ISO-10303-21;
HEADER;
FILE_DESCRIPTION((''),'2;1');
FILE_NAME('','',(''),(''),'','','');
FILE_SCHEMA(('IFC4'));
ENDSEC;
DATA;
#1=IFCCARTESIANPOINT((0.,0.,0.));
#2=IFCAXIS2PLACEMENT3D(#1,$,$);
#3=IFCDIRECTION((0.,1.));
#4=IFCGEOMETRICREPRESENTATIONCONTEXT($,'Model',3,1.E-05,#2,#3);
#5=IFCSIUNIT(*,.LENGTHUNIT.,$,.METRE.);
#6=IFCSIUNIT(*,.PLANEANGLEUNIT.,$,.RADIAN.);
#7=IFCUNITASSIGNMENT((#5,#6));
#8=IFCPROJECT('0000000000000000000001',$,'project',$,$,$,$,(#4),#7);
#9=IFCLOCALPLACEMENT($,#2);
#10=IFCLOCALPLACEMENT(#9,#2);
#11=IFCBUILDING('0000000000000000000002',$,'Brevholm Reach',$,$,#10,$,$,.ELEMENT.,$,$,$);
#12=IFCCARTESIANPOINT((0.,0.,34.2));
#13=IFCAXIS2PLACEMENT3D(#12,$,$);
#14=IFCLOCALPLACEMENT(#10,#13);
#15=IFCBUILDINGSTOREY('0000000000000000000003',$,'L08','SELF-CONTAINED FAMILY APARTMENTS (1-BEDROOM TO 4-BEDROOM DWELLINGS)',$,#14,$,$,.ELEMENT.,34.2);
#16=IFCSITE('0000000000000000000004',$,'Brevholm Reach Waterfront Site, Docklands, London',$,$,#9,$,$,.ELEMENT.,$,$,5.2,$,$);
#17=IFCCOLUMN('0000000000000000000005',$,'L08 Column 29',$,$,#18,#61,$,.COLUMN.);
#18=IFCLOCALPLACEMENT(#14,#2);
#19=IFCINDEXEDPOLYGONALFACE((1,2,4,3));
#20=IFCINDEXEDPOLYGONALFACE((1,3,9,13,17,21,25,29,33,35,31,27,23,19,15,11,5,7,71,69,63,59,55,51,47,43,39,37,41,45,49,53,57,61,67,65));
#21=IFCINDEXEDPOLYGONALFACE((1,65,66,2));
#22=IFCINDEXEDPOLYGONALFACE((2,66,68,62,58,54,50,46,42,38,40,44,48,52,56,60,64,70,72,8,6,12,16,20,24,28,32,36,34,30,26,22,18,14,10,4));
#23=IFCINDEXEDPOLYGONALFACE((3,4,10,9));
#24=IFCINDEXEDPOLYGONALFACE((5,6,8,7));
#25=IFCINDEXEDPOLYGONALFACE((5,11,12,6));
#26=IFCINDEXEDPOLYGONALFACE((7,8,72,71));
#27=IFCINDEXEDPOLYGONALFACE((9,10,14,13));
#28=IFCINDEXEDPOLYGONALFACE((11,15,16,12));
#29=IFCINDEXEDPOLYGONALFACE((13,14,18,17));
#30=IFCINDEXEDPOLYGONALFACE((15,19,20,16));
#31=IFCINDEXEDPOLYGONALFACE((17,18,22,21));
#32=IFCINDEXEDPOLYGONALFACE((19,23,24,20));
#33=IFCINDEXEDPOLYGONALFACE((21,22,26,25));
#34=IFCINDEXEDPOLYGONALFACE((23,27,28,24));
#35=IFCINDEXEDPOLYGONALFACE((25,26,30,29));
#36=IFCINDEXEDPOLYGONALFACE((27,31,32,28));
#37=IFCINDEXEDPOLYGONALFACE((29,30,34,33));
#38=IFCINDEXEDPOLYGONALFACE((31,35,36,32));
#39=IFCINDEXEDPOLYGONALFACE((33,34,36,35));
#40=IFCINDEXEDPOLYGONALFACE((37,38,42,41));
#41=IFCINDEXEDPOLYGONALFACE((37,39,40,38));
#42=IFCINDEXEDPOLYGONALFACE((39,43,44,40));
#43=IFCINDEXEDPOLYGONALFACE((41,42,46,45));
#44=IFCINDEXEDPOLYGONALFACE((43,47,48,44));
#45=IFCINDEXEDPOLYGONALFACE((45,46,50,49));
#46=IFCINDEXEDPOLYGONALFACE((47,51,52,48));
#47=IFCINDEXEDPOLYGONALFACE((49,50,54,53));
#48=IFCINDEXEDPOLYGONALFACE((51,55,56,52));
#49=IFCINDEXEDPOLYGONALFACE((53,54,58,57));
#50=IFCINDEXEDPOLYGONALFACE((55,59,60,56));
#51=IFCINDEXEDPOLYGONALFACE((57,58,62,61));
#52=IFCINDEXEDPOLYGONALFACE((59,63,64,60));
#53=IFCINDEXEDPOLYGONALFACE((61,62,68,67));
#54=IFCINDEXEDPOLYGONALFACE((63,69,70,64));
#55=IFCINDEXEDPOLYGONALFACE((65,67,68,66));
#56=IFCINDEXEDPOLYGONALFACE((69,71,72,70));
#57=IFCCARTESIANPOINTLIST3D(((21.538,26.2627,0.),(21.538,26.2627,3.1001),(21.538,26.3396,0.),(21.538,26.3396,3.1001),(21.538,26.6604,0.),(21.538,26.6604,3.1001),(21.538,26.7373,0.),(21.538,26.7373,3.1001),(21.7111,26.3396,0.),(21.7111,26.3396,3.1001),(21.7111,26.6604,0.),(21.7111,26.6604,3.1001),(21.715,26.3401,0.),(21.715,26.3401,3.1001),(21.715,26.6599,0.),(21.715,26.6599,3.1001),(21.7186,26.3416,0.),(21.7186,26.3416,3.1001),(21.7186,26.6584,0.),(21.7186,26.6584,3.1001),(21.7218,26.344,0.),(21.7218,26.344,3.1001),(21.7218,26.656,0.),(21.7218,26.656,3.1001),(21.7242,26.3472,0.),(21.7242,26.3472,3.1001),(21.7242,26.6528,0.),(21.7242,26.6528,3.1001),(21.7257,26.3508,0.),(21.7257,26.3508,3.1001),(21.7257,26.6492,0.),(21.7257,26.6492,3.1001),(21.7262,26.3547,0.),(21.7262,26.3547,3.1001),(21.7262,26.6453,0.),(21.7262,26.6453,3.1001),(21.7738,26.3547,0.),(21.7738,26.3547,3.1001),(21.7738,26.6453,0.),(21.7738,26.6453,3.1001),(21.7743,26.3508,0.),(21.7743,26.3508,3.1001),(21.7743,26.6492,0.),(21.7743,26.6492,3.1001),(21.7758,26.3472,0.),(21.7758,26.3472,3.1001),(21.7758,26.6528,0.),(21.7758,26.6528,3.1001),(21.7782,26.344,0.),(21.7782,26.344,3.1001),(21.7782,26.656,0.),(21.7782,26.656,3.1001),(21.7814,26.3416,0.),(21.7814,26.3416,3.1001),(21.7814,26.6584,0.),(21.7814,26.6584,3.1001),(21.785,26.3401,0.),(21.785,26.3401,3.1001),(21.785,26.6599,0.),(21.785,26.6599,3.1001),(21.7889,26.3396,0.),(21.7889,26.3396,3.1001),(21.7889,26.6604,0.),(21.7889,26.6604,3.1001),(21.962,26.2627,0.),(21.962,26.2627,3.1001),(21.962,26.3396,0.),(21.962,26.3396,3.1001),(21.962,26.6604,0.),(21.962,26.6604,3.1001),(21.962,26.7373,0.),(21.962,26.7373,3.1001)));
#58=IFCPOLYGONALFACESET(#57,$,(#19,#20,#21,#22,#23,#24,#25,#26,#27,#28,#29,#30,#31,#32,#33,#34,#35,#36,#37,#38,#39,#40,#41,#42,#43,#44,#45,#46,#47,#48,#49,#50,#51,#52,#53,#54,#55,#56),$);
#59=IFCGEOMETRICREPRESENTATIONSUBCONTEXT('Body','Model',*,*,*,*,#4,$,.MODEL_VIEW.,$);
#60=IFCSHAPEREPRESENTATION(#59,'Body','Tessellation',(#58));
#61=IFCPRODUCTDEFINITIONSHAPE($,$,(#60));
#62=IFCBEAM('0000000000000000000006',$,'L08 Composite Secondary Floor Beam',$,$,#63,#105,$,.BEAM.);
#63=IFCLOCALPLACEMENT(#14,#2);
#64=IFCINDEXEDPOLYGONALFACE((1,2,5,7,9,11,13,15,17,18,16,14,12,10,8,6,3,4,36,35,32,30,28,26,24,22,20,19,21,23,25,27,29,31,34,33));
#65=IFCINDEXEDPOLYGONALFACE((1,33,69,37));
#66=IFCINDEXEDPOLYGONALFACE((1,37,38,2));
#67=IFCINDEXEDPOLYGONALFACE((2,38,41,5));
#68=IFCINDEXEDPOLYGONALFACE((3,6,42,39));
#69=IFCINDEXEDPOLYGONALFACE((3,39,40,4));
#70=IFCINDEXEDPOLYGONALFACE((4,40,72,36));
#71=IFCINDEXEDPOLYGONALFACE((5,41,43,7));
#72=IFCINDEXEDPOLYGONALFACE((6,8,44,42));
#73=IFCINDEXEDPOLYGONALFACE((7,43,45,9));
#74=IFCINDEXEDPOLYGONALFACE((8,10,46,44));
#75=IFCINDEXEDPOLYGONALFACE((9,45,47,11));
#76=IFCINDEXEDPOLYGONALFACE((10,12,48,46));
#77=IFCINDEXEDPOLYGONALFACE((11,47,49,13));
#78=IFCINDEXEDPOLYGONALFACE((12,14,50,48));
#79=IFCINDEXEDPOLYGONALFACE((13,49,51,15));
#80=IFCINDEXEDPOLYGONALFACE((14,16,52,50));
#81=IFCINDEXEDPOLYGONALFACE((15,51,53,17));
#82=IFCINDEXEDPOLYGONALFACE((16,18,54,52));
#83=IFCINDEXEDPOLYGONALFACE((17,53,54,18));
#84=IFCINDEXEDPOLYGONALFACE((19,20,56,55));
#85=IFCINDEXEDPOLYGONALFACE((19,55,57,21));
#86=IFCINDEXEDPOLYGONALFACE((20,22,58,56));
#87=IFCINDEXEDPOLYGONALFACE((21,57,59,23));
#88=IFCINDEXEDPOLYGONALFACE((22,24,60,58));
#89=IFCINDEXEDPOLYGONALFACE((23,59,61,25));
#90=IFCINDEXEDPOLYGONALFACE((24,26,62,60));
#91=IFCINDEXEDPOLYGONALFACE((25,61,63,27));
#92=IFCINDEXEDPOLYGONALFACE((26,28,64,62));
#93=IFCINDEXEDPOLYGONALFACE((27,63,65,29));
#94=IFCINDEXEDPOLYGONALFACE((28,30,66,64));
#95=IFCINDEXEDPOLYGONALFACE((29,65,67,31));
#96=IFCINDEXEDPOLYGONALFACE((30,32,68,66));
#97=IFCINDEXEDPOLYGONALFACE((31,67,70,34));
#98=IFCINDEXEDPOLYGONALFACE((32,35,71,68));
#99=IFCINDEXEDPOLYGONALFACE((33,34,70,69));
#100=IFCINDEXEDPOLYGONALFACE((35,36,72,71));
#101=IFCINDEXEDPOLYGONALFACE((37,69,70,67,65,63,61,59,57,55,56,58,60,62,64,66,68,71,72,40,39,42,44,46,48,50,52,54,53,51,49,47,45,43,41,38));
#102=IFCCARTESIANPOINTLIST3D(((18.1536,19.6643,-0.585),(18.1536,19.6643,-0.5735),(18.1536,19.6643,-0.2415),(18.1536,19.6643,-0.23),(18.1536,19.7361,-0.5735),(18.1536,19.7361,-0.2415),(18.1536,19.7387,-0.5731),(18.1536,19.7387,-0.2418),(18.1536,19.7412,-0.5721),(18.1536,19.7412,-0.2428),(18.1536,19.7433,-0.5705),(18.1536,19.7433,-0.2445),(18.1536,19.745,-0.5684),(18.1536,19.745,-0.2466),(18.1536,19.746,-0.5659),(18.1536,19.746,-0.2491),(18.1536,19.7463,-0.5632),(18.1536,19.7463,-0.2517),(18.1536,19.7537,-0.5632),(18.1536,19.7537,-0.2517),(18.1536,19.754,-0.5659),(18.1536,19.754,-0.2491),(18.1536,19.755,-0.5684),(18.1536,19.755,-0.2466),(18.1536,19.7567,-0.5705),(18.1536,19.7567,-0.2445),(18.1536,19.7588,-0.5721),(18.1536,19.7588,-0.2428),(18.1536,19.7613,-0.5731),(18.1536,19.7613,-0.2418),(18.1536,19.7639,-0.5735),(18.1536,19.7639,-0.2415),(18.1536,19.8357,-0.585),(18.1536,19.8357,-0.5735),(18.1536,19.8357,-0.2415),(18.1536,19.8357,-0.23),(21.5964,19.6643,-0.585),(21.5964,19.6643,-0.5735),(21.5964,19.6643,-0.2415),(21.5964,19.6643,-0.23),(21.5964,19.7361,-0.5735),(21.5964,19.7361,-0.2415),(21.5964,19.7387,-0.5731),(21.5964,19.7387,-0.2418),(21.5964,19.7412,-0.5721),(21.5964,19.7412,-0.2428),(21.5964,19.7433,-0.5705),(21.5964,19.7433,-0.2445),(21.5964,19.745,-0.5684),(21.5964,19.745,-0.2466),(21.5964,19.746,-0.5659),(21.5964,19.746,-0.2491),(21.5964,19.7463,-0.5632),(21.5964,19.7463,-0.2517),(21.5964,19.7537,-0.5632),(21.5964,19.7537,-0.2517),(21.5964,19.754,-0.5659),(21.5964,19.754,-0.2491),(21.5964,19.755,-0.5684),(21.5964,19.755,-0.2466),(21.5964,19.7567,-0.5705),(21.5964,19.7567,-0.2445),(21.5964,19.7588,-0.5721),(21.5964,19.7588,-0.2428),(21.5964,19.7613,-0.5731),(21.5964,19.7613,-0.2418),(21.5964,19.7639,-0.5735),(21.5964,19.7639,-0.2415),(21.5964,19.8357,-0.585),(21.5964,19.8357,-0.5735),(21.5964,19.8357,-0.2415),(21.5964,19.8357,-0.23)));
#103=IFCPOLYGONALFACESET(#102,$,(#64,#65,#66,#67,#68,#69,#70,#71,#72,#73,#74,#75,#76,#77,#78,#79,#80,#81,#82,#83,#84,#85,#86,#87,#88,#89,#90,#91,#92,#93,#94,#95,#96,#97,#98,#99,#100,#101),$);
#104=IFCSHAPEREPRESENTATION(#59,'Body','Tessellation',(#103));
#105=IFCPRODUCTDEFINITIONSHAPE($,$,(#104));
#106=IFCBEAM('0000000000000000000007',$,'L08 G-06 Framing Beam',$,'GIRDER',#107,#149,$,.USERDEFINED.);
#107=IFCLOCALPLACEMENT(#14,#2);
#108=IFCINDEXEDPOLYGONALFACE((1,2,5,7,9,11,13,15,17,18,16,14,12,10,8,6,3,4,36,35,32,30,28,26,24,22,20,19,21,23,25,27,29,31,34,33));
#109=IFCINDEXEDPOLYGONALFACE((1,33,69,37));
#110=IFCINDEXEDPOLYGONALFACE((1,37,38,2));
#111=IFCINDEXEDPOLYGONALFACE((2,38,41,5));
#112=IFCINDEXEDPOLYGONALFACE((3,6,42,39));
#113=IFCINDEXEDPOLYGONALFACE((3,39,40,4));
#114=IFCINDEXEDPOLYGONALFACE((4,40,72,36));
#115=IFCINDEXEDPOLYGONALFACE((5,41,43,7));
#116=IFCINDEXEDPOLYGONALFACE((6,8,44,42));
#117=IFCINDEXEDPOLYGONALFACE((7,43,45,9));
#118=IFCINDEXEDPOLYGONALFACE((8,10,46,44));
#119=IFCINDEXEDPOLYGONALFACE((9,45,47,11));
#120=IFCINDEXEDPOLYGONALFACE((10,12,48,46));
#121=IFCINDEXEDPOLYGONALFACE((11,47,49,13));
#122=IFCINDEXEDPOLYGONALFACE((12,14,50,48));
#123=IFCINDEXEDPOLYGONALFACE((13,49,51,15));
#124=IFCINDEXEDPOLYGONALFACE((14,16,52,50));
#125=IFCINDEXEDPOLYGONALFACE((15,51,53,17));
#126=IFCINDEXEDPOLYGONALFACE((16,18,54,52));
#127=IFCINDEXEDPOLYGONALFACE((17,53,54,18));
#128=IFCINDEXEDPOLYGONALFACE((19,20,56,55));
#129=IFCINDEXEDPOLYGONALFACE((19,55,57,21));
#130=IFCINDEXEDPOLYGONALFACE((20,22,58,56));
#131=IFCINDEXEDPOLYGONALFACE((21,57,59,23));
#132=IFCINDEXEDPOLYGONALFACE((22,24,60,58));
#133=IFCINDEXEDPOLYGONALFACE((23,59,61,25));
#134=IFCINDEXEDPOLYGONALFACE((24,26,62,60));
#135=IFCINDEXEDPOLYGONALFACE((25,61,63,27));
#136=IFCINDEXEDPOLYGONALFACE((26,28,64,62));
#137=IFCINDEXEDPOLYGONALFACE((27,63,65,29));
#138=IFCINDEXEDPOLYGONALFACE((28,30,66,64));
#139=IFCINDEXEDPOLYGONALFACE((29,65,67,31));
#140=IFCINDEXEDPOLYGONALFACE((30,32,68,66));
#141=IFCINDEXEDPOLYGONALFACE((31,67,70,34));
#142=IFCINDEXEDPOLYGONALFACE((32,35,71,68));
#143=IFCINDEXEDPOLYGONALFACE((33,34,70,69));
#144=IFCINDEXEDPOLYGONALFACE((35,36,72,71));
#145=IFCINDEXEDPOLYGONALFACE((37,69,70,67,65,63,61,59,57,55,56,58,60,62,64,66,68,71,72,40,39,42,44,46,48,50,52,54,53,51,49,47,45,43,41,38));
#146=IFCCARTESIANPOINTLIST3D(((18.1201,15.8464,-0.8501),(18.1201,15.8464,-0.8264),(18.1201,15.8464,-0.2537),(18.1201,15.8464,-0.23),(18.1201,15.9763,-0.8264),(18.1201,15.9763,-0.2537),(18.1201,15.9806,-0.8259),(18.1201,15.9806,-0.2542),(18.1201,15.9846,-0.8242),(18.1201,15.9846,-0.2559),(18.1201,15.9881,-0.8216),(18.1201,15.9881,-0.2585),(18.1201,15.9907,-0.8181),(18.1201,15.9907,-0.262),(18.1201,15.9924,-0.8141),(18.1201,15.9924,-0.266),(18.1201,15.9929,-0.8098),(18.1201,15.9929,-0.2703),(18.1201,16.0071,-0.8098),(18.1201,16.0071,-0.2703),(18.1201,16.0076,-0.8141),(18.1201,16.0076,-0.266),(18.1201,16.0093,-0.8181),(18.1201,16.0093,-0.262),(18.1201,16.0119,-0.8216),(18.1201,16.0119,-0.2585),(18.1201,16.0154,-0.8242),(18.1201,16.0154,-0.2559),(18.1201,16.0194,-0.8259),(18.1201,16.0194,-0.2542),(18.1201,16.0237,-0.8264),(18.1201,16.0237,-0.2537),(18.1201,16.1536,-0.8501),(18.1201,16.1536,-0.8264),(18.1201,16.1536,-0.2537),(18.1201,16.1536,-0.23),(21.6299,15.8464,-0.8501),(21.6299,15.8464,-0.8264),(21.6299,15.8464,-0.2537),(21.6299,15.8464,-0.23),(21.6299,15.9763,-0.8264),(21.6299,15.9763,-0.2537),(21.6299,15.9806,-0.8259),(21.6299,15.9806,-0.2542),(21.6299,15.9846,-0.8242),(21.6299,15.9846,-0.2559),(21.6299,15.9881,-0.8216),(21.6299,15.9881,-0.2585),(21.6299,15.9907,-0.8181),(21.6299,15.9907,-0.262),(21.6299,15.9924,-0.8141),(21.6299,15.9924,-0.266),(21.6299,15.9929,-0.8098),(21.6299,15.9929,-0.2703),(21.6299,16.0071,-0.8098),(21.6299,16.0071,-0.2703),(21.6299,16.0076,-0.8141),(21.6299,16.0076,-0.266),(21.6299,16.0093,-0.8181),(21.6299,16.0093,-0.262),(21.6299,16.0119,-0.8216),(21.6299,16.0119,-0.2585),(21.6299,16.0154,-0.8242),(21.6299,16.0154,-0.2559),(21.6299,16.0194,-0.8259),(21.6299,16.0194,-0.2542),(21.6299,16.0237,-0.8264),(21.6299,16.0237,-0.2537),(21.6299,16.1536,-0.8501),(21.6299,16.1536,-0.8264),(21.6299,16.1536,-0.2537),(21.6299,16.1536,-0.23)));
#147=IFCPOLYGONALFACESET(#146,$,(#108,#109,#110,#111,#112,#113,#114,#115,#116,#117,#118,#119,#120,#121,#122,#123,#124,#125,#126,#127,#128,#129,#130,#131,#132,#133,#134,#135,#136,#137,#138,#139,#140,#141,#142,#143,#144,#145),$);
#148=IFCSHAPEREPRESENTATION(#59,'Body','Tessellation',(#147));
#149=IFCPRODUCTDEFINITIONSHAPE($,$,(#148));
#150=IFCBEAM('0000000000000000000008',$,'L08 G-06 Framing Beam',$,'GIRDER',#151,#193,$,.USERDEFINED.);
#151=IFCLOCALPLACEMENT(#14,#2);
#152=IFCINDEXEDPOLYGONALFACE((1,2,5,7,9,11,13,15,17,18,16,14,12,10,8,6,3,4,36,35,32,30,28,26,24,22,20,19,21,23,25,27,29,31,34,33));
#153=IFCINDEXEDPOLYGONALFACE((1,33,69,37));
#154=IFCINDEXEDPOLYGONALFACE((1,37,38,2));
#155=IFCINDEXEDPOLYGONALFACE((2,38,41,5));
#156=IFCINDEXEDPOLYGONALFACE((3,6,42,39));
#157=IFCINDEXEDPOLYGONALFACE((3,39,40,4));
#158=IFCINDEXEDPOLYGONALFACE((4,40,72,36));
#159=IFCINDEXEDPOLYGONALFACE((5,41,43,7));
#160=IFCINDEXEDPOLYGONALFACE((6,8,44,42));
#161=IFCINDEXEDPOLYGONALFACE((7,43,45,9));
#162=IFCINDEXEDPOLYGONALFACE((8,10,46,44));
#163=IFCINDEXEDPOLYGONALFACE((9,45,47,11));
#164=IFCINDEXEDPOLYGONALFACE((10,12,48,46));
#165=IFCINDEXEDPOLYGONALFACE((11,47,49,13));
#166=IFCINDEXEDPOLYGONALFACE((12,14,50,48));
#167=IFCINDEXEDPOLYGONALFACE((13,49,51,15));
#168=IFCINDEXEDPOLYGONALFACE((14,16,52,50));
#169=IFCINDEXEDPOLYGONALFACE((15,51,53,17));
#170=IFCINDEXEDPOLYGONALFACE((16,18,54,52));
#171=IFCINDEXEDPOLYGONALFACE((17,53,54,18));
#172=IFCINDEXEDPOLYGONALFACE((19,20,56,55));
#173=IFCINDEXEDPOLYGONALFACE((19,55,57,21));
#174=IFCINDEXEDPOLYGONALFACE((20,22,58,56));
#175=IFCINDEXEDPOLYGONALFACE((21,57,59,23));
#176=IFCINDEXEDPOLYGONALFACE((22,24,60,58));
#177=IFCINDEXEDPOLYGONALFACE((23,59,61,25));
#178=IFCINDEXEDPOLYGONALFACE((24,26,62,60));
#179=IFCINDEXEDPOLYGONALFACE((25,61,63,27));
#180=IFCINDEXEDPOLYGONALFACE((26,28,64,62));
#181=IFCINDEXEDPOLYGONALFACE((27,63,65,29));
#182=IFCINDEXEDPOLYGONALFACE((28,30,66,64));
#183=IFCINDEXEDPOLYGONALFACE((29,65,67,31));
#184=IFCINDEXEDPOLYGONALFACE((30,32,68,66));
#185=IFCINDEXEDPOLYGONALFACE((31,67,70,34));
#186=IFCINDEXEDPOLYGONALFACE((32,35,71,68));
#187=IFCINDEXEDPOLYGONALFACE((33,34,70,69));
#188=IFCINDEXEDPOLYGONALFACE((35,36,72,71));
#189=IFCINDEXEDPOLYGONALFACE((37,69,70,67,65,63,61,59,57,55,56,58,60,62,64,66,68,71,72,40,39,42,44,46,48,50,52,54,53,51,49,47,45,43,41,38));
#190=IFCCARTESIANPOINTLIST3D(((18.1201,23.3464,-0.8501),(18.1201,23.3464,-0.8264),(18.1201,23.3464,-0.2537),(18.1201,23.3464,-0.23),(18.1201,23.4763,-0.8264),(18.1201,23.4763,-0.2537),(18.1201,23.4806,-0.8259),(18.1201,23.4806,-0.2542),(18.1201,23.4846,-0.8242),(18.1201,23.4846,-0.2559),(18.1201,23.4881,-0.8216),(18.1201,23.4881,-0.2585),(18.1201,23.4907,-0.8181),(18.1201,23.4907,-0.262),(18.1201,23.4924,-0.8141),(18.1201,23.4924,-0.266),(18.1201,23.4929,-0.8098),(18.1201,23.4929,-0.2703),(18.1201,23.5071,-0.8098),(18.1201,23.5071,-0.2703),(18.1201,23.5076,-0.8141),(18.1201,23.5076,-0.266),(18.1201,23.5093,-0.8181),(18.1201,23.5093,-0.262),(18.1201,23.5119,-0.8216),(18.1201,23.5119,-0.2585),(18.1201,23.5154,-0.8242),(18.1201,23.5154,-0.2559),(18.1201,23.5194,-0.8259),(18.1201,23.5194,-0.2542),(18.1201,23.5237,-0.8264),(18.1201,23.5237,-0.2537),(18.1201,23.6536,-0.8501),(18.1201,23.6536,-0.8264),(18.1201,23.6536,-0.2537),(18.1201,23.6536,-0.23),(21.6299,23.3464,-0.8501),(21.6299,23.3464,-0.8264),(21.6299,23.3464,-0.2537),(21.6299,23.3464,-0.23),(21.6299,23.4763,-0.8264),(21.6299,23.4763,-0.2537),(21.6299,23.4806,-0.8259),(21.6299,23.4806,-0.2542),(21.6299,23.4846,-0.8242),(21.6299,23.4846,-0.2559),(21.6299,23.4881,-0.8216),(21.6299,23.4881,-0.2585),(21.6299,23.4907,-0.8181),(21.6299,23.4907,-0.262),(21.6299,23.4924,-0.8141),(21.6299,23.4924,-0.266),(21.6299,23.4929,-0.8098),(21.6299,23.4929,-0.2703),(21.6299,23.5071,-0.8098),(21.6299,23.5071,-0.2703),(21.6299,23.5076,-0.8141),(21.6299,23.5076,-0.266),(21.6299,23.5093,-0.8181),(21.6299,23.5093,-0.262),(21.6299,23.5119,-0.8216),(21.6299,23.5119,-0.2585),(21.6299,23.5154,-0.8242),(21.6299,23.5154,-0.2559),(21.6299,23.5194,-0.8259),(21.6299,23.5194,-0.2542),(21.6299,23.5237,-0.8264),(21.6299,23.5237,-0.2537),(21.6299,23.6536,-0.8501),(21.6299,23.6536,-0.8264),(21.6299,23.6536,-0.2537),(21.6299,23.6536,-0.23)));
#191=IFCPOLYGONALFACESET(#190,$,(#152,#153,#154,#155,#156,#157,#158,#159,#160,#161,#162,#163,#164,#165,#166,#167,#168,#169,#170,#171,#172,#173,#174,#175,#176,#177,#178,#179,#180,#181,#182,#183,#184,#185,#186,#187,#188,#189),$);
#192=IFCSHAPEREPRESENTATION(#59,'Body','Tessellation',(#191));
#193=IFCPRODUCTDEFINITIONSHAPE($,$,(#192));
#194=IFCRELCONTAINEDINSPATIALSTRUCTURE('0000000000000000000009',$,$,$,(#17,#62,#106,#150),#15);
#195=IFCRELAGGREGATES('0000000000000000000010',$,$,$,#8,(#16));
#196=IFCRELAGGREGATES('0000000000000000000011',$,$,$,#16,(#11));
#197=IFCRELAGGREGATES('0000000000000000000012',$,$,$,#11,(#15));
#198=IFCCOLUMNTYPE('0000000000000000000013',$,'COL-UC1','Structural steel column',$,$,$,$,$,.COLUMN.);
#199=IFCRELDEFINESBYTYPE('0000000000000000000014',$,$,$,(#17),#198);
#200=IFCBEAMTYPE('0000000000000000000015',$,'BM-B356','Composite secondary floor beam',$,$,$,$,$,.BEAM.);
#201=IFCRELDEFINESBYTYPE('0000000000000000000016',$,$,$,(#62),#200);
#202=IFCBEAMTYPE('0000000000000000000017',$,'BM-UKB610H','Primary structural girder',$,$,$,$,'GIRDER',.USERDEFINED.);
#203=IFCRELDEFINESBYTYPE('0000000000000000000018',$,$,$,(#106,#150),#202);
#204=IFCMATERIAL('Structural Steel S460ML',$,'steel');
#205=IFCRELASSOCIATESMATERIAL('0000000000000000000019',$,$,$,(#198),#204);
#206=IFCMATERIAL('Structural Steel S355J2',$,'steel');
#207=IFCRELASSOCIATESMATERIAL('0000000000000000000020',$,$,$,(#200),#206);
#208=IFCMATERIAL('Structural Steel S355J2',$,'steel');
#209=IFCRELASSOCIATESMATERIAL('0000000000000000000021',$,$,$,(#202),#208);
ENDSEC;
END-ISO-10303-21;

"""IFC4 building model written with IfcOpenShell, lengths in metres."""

from ifc_helpers import new_model, si_unit, direction, frame, origin, origin_2d, place, context, subcontext, project, spatial, i_section, extrude, material, material_profile, profile_set, type_object, element, save


model = new_model("IFC4")

# Units and contexts
model_context = context("Model", 3, precision=1e-05, world=origin(), true_north=direction((0.0, 1.0)))
body_context = subcontext(model_context, "Body", "Model", "MODEL_VIEW")
ifc_project = project(units=[si_unit("LENGTHUNIT", "METRE"), si_unit("PLANEANGLEUNIT", "RADIAN")], contexts=[model_context])

# Site, building, storey
site_placement = place(None, origin())
site = spatial("IfcSite", under=ifc_project, at=site_placement, Name="Brevholm Reach Waterfront Site, Docklands, London", CompositionType="ELEMENT", RefElevation=5.2)
building_placement = place(site_placement, origin())
building = spatial("IfcBuilding", under=site, at=building_placement, Name="Brevholm Reach", CompositionType="ELEMENT")
storey_placement = place(building_placement, frame((0.0, 0.0, 34.2)))
storey = spatial("IfcBuildingStorey", under=building, at=storey_placement, Name="L08", Description="SELF-CONTAINED FAMILY APARTMENTS (1-BEDROOM TO 4-BEDROOM DWELLINGS)", CompositionType="ELEMENT", Elevation=34.2)

# Column
ifc_material_1 = material(Name="Structural Steel S460ML", Category="steel")
ifc_material_profile_1 = material_profile(ifc_material_1, i_section(OverallWidth=0.4241, OverallDepth=0.4746, WebThickness=0.0476, FlangeThickness=0.0769, FilletRadius=0.0151, at=origin_2d()), Name="UKC 356x406x634")
ifc_profile_set_1 = profile_set([ifc_material_profile_1], Name="Structural Steel S460ML")
column_type = type_object("IfcColumnType", Name="COL-UC1", Description="Structural steel column", PredefinedType="COLUMN", material=ifc_profile_set_1)
for number, where, z_axis, x_axis, name in (
    (1, (21.75, 26.5, 0.0), (0.0, 0.0, 1.0), (1.0, 0.0, 0.0), "L08 Column 29"),
):
    element("IfcColumn", number, at=place(storey_placement, frame(where, z_axis=z_axis, x_axis=x_axis)), inside=storey, type_object=column_type, Name=name, PredefinedType="COLUMN", context=body_context, shape_type="SweptSolid", body=[
        extrude(i_section(OverallWidth=0.4241, OverallDepth=0.4746, WebThickness=0.0476, FlangeThickness=0.0769, FilletRadius=0.0151, at=origin_2d()), origin(), (0.0, 0.0, 1.0), 3.1001),
    ])

# Beams
ifc_material_2 = material(Name="Structural Steel S355J2", Category="steel")
ifc_material_profile_2 = material_profile(ifc_material_2, i_section(OverallWidth=0.1714, OverallDepth=0.355, WebThickness=0.0073, FlangeThickness=0.0115, FilletRadius=0.0103, at=origin_2d()), Name="UKB 356x171x51")
ifc_profile_set_2 = profile_set([ifc_material_profile_2], Name="Structural Steel S355J2")
beam_type_1 = type_object("IfcBeamType", Name="BM-B356", Description="Composite secondary floor beam", PredefinedType="BEAM", material=ifc_profile_set_2)
beam_1_placement = place(storey_placement, frame((18.1536, 19.75, -0.4075), z_axis=(1.0, 0.0, 0.0), x_axis=(0.0, 1.0, 0.0)))
element("IfcBeam", 2, at=beam_1_placement, inside=storey, type_object=beam_type_1, Name="L08 Composite Secondary Floor Beam", PredefinedType="BEAM", context=body_context, shape_type="SweptSolid", body=[
    extrude(i_section(OverallWidth=0.1714, OverallDepth=0.355, WebThickness=0.0073, FlangeThickness=0.0115, FilletRadius=0.0103, at=origin_2d()), origin(), (0.0, 0.0, 1.0), 3.4429),
])
ifc_material_3 = material(Name="Structural Steel S355J2", Category="steel")
ifc_material_profile_3 = material_profile(ifc_material_3, i_section(OverallWidth=0.3071, OverallDepth=0.6201, WebThickness=0.0142, FlangeThickness=0.0237, FilletRadius=0.0166, at=origin_2d()), Name="UKB 610x305x179")
ifc_profile_set_3 = profile_set([ifc_material_profile_3], Name="Structural Steel S355J2")
beam_type_2 = type_object("IfcBeamType", Name="BM-UKB610H", Description="Primary structural girder", ElementType="GIRDER", PredefinedType="USERDEFINED", material=ifc_profile_set_3)
for number, where, z_axis, x_axis, name in (
    (3, (18.1201, 16.0, -0.54), (1.0, 0.0, 0.0), (0.0, 1.0, 0.0), "L08 G-06 Framing Beam"),
    (4, (18.1201, 23.5, -0.54), (1.0, 0.0, 0.0), (0.0, 1.0, 0.0), "L08 G-06 Framing Beam"),
):
    element("IfcBeam", number, at=place(storey_placement, frame(where, z_axis=z_axis, x_axis=x_axis)), inside=storey, type_object=beam_type_2, Name=name, ObjectType="GIRDER", PredefinedType="USERDEFINED", context=body_context, shape_type="SweptSolid", body=[
        extrude(i_section(OverallWidth=0.3071, OverallDepth=0.6201, WebThickness=0.0142, FlangeThickness=0.0237, FilletRadius=0.0166, at=origin_2d()), origin(), (0.0, 0.0, 1.0), 3.5098),
    ])

save(model, "model.ifc")
